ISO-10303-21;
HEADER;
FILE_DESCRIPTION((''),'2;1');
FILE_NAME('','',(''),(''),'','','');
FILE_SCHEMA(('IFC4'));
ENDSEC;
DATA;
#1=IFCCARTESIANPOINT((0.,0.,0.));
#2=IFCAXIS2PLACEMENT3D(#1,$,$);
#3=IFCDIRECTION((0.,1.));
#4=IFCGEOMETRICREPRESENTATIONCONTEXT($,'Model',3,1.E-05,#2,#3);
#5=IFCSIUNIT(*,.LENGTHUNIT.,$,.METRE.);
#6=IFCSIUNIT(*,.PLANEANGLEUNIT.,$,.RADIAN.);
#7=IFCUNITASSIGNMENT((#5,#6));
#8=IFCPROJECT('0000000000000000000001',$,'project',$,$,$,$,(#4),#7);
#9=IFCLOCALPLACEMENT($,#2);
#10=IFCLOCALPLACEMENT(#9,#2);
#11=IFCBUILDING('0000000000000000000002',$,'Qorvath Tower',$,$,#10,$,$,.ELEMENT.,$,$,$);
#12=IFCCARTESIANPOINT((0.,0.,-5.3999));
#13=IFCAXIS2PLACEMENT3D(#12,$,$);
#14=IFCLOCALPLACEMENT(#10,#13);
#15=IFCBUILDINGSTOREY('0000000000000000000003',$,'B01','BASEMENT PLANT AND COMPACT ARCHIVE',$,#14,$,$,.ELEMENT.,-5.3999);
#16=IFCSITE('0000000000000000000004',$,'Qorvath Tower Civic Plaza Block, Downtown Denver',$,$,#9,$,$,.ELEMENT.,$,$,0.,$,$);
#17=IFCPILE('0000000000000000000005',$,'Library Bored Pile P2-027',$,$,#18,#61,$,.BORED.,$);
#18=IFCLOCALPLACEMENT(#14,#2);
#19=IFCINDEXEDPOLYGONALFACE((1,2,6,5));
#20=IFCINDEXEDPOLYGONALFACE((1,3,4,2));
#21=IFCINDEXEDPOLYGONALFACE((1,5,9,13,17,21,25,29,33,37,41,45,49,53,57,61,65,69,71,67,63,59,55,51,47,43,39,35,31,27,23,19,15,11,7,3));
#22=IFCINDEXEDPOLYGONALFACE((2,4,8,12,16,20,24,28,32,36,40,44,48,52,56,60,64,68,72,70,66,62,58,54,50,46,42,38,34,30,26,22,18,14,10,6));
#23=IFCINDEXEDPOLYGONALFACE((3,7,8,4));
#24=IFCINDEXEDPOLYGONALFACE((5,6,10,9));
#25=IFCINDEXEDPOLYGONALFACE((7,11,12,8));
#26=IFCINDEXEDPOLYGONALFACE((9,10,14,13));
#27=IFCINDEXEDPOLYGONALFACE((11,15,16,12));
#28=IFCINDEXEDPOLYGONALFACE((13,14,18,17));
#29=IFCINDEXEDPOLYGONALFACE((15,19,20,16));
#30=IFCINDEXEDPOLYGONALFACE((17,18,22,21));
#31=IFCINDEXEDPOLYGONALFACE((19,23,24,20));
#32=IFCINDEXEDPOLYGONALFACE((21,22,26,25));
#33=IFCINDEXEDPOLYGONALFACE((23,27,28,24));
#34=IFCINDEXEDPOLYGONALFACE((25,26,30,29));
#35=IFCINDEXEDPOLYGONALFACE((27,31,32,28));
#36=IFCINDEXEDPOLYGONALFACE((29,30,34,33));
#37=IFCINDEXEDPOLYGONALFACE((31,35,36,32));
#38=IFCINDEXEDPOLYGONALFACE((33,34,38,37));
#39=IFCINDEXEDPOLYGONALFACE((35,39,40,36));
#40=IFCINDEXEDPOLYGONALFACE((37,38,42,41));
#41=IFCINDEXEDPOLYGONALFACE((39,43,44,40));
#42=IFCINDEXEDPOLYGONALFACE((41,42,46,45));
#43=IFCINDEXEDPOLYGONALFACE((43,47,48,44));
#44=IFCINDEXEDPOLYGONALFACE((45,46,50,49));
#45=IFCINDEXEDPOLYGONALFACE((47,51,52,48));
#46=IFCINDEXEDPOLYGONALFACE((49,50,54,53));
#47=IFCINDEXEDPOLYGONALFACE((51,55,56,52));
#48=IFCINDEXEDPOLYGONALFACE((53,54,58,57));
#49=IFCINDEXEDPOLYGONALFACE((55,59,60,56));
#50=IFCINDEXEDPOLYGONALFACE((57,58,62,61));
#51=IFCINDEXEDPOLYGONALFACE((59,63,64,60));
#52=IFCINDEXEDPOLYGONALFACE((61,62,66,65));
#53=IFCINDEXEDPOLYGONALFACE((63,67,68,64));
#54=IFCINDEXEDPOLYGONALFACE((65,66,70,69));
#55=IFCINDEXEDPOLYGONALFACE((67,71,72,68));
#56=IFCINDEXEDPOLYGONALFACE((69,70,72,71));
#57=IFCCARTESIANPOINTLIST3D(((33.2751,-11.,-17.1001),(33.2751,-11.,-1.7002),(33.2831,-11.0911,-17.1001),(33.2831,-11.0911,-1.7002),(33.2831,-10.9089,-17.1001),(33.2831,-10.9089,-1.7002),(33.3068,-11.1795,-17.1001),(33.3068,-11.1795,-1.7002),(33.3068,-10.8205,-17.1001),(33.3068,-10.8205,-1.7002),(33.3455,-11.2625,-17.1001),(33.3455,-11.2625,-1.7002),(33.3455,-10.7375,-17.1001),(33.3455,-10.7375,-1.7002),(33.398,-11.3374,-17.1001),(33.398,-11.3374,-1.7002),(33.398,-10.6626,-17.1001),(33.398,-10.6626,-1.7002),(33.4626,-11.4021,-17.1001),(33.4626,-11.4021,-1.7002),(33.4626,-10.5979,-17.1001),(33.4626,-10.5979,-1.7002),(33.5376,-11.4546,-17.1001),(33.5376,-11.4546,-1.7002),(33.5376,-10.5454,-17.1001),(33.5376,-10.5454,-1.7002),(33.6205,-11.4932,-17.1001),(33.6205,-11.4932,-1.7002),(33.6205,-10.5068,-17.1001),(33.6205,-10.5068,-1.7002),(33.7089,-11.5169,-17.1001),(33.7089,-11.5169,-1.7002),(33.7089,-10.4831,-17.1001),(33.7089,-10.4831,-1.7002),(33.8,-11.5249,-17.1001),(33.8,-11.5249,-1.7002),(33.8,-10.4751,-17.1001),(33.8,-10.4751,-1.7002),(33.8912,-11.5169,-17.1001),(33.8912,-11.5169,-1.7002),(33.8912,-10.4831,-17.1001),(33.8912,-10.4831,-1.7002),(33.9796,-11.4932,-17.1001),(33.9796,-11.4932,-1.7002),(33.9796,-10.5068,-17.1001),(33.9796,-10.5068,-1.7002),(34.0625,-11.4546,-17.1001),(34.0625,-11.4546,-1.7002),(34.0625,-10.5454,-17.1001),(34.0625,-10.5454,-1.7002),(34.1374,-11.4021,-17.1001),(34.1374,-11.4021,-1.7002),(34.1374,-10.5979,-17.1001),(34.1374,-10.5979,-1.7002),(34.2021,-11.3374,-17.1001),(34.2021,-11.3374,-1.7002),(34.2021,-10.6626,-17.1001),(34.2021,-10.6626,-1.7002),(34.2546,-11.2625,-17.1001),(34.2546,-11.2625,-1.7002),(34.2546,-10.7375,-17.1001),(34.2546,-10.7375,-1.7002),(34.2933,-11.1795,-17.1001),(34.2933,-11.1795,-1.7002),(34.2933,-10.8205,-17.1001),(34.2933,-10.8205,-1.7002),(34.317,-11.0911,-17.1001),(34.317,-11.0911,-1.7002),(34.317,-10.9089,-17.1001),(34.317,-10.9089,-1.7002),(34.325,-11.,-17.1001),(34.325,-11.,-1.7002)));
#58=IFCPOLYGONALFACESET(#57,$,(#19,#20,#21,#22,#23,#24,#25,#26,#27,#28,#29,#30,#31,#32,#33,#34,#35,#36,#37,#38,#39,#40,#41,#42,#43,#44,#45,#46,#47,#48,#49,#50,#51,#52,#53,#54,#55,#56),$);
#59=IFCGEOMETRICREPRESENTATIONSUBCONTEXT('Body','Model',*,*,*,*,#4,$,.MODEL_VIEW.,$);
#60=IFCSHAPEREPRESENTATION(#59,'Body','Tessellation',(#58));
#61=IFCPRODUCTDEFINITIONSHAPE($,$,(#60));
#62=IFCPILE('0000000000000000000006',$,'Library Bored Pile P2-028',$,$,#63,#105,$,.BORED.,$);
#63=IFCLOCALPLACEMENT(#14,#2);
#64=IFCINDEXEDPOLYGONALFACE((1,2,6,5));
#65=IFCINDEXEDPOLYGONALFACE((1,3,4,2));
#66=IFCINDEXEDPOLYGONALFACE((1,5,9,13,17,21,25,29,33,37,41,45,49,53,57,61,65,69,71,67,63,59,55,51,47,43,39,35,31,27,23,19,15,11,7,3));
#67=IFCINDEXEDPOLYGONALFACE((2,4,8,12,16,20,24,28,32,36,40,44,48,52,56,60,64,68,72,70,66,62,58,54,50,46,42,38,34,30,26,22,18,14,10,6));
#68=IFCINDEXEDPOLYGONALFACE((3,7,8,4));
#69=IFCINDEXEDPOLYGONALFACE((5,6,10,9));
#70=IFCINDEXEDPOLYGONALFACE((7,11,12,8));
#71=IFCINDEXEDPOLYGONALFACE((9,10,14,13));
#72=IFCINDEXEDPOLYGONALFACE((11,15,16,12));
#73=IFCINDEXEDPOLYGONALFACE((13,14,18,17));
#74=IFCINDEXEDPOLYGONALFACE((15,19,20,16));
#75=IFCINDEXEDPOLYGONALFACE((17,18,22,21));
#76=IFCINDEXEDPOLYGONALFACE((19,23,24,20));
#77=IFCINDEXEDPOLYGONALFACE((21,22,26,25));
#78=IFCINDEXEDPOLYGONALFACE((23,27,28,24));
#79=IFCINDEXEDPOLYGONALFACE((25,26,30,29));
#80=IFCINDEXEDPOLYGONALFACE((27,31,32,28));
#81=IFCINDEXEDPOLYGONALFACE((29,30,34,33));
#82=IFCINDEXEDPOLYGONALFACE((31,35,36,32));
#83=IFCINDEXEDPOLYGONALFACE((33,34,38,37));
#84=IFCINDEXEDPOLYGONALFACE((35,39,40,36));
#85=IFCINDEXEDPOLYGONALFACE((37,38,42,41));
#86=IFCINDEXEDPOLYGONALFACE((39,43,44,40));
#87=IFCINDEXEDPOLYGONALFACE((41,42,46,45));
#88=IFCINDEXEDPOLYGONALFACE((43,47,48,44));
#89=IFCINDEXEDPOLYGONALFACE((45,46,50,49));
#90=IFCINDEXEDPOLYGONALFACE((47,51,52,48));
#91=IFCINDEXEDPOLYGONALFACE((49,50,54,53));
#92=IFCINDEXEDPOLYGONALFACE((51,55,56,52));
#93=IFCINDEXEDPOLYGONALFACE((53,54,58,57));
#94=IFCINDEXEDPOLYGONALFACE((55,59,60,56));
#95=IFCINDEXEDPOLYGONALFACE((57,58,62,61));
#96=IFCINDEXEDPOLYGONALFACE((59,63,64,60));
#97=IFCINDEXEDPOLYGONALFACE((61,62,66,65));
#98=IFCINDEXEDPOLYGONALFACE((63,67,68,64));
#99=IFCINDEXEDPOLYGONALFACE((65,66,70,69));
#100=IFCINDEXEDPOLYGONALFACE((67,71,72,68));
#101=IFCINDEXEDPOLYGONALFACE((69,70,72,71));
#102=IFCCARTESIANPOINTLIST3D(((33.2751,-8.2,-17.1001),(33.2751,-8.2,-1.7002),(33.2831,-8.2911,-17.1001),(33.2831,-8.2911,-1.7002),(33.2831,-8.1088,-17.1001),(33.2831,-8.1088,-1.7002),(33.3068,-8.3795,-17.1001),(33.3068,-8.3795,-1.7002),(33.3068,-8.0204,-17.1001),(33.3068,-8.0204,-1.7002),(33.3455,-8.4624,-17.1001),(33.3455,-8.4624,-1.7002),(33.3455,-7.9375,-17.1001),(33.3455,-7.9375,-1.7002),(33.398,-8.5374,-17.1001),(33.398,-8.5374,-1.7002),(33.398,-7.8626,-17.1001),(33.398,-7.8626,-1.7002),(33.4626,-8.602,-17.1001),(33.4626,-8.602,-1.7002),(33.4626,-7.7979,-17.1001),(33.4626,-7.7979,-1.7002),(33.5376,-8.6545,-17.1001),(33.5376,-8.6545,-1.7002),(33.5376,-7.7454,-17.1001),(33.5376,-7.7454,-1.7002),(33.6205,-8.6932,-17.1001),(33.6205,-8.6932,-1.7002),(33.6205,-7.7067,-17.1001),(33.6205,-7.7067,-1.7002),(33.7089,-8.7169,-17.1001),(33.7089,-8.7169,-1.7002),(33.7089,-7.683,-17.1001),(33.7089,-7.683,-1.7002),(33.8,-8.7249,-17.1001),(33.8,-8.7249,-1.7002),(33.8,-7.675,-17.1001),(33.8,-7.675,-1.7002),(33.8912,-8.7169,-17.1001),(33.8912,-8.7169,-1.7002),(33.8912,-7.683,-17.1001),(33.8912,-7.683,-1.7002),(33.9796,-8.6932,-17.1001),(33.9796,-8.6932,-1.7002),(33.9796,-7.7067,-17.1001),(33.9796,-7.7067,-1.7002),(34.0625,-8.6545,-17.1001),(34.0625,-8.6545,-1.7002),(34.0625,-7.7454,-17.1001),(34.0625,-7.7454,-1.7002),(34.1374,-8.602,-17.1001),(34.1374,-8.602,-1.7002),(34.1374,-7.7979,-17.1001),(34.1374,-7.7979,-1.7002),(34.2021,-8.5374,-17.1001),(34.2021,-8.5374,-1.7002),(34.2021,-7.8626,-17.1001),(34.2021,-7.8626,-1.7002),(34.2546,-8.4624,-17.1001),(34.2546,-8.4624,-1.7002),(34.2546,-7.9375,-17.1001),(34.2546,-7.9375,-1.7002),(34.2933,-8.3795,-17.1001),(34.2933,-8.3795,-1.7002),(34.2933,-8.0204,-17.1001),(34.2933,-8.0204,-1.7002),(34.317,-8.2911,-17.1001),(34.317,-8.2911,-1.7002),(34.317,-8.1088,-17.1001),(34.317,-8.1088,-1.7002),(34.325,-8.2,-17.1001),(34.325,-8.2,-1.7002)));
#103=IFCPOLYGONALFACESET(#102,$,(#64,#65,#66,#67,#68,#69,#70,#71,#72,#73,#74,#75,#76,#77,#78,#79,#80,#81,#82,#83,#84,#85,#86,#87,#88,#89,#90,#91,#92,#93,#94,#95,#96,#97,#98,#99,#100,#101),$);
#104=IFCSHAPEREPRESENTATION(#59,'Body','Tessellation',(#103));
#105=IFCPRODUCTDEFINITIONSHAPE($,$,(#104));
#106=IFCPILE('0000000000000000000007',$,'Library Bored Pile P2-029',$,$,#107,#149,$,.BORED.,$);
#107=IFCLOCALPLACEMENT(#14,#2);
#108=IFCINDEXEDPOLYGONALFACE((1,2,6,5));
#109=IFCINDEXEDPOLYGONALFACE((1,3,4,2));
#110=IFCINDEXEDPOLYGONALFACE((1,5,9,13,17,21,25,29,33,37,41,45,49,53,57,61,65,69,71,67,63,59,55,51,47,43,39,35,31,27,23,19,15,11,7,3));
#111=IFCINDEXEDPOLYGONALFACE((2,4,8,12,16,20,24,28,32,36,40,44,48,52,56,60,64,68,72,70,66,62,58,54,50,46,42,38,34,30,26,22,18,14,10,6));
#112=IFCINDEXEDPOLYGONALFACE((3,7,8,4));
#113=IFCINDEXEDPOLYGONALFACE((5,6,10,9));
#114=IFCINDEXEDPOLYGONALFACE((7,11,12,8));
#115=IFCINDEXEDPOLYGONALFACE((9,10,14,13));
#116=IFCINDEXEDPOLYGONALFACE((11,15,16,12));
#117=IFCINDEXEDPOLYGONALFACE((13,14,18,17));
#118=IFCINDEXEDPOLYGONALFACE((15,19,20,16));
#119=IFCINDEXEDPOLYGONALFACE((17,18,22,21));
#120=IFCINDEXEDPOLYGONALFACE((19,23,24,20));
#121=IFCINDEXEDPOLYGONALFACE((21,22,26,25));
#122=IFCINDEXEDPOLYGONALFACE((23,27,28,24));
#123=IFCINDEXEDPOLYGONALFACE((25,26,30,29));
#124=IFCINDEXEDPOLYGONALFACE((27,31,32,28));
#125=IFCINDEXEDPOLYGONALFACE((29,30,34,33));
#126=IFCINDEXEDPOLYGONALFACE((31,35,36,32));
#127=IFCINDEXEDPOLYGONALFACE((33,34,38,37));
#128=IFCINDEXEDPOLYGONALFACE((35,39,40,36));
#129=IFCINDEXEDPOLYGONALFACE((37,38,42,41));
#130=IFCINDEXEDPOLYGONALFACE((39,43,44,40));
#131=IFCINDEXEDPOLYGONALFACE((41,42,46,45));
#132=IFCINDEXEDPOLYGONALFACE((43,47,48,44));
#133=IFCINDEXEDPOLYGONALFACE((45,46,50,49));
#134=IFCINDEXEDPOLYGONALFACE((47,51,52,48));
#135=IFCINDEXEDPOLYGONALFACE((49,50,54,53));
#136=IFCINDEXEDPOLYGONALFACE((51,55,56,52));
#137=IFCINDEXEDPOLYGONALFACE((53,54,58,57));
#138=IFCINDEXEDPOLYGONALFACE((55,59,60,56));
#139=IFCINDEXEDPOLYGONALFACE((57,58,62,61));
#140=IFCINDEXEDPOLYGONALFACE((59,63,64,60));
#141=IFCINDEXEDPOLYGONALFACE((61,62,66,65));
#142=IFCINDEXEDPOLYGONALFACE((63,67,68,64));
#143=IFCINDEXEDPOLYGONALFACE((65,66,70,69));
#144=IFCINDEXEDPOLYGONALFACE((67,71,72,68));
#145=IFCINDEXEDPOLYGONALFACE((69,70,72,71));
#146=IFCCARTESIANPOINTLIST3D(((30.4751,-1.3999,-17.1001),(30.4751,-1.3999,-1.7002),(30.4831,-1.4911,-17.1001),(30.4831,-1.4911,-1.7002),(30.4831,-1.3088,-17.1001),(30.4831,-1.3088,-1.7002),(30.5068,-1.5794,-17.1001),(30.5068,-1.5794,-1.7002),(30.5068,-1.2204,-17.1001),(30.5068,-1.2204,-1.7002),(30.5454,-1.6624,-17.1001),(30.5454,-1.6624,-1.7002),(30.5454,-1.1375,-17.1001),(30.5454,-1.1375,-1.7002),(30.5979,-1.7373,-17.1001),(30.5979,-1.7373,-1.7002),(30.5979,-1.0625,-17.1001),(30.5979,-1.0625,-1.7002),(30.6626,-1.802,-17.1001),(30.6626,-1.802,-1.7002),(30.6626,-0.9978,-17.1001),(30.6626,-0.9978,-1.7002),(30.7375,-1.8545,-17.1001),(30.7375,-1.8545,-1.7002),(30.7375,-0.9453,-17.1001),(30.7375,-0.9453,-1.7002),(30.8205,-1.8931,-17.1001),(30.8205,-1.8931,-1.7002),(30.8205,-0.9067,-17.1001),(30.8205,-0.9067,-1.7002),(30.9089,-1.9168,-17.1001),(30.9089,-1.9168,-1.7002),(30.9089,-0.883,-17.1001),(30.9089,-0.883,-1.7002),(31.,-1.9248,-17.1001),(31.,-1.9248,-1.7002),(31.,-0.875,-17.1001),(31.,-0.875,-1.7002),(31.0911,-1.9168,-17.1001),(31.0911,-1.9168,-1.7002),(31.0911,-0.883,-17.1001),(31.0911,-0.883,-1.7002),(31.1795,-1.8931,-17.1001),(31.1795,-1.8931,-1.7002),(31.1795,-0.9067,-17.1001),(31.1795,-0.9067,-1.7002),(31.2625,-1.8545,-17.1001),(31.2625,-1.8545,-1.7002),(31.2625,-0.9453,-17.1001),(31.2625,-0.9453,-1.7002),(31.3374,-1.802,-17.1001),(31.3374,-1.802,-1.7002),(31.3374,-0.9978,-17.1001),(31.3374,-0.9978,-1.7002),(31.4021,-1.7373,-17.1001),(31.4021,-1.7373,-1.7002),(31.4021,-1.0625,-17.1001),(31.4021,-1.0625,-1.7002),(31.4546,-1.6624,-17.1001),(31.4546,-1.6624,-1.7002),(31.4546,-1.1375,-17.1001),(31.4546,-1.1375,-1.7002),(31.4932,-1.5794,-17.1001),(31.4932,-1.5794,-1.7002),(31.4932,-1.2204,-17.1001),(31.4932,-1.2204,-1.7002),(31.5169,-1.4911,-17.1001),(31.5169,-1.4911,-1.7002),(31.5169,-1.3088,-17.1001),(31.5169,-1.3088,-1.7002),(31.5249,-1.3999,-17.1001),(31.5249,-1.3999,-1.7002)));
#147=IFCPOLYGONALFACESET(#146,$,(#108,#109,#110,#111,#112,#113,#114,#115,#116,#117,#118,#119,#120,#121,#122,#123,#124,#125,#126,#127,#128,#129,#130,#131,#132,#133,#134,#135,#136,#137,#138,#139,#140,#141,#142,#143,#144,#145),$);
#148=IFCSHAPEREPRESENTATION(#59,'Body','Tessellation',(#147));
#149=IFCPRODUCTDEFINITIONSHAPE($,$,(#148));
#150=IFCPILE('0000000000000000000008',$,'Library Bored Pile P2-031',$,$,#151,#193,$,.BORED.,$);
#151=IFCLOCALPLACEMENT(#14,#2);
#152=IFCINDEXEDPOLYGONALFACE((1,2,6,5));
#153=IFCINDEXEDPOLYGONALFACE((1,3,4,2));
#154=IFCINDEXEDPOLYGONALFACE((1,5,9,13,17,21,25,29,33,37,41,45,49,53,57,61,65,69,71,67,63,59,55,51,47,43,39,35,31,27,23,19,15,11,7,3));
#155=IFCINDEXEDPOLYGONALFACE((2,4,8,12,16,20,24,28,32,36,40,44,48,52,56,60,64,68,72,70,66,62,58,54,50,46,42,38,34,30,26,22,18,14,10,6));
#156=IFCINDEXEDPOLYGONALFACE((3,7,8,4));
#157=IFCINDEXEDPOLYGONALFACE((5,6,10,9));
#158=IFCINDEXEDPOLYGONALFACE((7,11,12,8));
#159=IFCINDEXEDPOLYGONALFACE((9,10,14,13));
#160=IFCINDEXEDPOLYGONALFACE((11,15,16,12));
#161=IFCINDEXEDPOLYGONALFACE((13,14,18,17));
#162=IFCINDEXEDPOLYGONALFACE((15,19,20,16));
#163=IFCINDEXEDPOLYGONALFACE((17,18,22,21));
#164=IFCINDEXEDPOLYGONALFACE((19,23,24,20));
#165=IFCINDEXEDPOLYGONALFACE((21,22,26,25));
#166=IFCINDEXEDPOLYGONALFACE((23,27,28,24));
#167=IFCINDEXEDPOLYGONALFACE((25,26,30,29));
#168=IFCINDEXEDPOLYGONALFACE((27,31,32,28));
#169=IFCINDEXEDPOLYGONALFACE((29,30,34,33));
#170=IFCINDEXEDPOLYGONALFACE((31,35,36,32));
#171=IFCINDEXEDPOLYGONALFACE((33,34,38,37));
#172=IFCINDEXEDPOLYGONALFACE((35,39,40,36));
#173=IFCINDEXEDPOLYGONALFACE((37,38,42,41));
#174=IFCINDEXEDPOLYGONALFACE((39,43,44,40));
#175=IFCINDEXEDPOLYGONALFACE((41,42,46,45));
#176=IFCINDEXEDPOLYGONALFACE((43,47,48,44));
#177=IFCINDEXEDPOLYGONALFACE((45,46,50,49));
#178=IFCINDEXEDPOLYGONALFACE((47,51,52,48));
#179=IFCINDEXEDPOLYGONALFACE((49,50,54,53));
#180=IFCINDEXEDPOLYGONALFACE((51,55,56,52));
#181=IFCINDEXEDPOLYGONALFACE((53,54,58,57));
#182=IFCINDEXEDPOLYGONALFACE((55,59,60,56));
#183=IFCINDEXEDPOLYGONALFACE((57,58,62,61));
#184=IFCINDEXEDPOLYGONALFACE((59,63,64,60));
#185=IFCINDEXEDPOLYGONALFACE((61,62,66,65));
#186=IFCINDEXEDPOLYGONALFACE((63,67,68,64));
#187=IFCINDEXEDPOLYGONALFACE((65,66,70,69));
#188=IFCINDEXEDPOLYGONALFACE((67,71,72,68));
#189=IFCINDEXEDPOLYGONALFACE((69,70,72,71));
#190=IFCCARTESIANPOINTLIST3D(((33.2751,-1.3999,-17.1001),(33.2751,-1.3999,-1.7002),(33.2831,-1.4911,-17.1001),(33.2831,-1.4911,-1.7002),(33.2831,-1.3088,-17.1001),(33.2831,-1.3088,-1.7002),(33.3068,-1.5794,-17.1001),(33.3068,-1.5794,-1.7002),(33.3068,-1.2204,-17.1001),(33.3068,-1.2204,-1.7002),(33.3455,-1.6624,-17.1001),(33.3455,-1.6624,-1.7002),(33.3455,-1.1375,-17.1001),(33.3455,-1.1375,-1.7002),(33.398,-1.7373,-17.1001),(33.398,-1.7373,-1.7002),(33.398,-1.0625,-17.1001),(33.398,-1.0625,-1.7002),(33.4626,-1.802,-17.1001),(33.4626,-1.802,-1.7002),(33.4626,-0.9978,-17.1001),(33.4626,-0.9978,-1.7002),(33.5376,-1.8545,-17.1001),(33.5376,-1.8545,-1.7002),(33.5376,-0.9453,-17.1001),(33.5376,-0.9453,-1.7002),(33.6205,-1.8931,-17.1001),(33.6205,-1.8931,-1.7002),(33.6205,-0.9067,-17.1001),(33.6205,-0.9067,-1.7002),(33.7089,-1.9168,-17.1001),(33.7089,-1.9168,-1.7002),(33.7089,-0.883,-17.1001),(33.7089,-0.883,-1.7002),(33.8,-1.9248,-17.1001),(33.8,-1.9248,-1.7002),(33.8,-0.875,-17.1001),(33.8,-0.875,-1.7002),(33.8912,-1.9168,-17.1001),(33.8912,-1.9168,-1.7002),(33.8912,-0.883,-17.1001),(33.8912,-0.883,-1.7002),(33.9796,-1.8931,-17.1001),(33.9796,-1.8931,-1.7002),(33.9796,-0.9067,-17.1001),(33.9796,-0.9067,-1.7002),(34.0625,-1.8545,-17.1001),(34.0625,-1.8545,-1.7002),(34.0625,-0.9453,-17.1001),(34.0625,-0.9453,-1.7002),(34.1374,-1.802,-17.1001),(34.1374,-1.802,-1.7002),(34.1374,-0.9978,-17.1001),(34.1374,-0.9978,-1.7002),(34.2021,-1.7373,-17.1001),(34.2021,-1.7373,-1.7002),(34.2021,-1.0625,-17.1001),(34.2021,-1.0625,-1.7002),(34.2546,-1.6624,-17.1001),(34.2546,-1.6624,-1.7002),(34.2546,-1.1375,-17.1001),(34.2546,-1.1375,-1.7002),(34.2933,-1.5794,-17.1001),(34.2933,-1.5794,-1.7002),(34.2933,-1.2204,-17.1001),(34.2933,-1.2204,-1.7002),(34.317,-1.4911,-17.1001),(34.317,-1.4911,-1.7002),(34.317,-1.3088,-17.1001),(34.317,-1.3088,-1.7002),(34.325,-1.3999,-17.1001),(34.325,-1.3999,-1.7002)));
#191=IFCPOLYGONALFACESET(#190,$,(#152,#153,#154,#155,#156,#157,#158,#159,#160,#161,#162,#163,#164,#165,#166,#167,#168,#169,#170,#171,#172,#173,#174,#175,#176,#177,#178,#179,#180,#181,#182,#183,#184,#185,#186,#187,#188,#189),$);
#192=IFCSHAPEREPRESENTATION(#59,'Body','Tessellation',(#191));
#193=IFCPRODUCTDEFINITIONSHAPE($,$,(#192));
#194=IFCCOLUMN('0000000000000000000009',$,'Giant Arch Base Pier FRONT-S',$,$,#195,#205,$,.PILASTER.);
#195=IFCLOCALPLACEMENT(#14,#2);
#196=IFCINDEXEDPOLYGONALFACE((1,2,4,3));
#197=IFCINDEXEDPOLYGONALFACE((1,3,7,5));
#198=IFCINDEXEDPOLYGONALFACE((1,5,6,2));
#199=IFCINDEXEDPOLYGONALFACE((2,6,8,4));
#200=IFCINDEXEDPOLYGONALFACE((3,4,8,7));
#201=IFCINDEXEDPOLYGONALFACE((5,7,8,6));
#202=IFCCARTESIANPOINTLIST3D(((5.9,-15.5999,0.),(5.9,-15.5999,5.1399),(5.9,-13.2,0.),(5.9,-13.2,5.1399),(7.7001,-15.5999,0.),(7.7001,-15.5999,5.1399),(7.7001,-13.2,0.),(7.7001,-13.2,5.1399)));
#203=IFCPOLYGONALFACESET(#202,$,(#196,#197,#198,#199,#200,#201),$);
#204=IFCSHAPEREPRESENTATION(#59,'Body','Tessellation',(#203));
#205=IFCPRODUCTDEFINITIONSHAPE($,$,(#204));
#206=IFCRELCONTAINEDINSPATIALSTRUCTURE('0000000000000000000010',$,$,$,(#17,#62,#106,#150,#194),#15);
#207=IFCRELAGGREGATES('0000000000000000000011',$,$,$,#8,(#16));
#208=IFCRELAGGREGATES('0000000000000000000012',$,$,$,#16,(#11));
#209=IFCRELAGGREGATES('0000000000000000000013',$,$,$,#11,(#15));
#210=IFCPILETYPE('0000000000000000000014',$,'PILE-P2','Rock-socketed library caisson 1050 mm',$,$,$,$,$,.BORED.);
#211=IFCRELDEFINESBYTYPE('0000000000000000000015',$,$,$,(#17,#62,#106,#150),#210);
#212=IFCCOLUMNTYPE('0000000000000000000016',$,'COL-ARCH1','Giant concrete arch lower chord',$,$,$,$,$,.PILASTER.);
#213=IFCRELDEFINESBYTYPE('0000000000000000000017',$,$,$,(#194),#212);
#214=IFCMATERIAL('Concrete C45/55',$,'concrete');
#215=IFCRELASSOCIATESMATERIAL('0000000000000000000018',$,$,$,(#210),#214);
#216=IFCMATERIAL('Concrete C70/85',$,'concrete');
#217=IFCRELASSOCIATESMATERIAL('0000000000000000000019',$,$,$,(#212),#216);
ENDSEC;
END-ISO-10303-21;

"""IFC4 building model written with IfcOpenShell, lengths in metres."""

from ifc_helpers import new_model, si_unit, direction, frame, origin, origin_2d, place, context, subcontext, project, spatial, rectangle, circle, extrude, material, material_profile, profile_set, type_object, element, save


model = new_model("IFC4")

# Units and contexts
model_context = context("Model", 3, precision=1e-05, world=origin(), true_north=direction((0.0, 1.0)))
body_context = subcontext(model_context, "Body", "Model", "MODEL_VIEW")
ifc_project = project(units=[si_unit("LENGTHUNIT", "METRE"), si_unit("PLANEANGLEUNIT", "RADIAN")], contexts=[model_context])

# Site, building, storey
site_placement = place(None, origin())
site = spatial("IfcSite", under=ifc_project, at=site_placement, Name="Qorvath Tower Civic Plaza Block, Downtown Denver", CompositionType="ELEMENT", RefElevation=0.0)
building_placement = place(site_placement, origin())
building = spatial("IfcBuilding", under=site, at=building_placement, Name="Qorvath Tower", CompositionType="ELEMENT")
storey_placement = place(building_placement, frame((0.0, 0.0, -5.3999)))
storey = spatial("IfcBuildingStorey", under=building, at=storey_placement, Name="B01", Description="BASEMENT PLANT AND COMPACT ARCHIVE", CompositionType="ELEMENT", Elevation=-5.3999)

# Piles
ifc_material_1 = material(Name="Concrete C45/55", Category="concrete")
ifc_material_profile_1 = material_profile(ifc_material_1, circle(Radius=0.5249, at=origin_2d()), Name="BORED PILE 1050")
ifc_profile_set_1 = profile_set([ifc_material_profile_1], Name="Concrete C45/55")
pile_type_1 = type_object("IfcPileType", Name="PILE-P2", Description="Rock-socketed library caisson 1050 mm", PredefinedType="BORED", material=ifc_profile_set_1)
for number, where, z_axis, x_axis, name in (
    (1, (33.8, -11.0, -1.7002), (0.0, 0.0, -1.0), (1.0, 0.0, 0.0), "Library Bored Pile P2-027"),
    (2, (33.8, -8.2, -1.7002), (0.0, 0.0, -1.0), (1.0, 0.0, 0.0), "Library Bored Pile P2-028"),
    (3, (31.0, -1.3999, -1.7002), (0.0, 0.0, -1.0), (1.0, 0.0, 0.0), "Library Bored Pile P2-029"),
    (4, (33.8, -1.3999, -1.7002), (0.0, 0.0, -1.0), (1.0, 0.0, 0.0), "Library Bored Pile P2-031"),
):
    element("IfcPile", number, at=place(storey_placement, frame(where, z_axis=z_axis, x_axis=x_axis)), inside=storey, type_object=pile_type_1, Name=name, PredefinedType="BORED", context=body_context, shape_type="SweptSolid", body=[
        extrude(circle(Radius=0.5249, at=origin_2d()), origin(), (0.0, 0.0, 1.0), 15.3999),
    ])

# Column
ifc_material_2 = material(Name="Concrete C70/85", Category="concrete")
ifc_material_profile_2 = material_profile(ifc_material_2, rectangle(XDim=1.8, YDim=2.3999, at=origin_2d()), Name="ARCH 2400x1800")
ifc_profile_set_2 = profile_set([ifc_material_profile_2], Name="Concrete C70/85")
column_type_1 = type_object("IfcColumnType", Name="COL-ARCH1", Description="Giant concrete arch lower chord", PredefinedType="PILASTER", material=ifc_profile_set_2)
column_1_placement = place(storey_placement, frame((6.8, -14.3999, 0.0), z_axis=(0.0, 0.0, 1.0), x_axis=(1.0, 0.0, 0.0)))
element("IfcColumn", 5, at=column_1_placement, inside=storey, type_object=column_type_1, Name="Giant Arch Base Pier FRONT-S", PredefinedType="PILASTER", context=body_context, shape_type="SweptSolid", body=[
    extrude(rectangle(XDim=1.8, YDim=2.3999, at=origin_2d()), origin(), (0.0, 0.0, 1.0), 5.1399),
])

save(model, "model.ifc")
